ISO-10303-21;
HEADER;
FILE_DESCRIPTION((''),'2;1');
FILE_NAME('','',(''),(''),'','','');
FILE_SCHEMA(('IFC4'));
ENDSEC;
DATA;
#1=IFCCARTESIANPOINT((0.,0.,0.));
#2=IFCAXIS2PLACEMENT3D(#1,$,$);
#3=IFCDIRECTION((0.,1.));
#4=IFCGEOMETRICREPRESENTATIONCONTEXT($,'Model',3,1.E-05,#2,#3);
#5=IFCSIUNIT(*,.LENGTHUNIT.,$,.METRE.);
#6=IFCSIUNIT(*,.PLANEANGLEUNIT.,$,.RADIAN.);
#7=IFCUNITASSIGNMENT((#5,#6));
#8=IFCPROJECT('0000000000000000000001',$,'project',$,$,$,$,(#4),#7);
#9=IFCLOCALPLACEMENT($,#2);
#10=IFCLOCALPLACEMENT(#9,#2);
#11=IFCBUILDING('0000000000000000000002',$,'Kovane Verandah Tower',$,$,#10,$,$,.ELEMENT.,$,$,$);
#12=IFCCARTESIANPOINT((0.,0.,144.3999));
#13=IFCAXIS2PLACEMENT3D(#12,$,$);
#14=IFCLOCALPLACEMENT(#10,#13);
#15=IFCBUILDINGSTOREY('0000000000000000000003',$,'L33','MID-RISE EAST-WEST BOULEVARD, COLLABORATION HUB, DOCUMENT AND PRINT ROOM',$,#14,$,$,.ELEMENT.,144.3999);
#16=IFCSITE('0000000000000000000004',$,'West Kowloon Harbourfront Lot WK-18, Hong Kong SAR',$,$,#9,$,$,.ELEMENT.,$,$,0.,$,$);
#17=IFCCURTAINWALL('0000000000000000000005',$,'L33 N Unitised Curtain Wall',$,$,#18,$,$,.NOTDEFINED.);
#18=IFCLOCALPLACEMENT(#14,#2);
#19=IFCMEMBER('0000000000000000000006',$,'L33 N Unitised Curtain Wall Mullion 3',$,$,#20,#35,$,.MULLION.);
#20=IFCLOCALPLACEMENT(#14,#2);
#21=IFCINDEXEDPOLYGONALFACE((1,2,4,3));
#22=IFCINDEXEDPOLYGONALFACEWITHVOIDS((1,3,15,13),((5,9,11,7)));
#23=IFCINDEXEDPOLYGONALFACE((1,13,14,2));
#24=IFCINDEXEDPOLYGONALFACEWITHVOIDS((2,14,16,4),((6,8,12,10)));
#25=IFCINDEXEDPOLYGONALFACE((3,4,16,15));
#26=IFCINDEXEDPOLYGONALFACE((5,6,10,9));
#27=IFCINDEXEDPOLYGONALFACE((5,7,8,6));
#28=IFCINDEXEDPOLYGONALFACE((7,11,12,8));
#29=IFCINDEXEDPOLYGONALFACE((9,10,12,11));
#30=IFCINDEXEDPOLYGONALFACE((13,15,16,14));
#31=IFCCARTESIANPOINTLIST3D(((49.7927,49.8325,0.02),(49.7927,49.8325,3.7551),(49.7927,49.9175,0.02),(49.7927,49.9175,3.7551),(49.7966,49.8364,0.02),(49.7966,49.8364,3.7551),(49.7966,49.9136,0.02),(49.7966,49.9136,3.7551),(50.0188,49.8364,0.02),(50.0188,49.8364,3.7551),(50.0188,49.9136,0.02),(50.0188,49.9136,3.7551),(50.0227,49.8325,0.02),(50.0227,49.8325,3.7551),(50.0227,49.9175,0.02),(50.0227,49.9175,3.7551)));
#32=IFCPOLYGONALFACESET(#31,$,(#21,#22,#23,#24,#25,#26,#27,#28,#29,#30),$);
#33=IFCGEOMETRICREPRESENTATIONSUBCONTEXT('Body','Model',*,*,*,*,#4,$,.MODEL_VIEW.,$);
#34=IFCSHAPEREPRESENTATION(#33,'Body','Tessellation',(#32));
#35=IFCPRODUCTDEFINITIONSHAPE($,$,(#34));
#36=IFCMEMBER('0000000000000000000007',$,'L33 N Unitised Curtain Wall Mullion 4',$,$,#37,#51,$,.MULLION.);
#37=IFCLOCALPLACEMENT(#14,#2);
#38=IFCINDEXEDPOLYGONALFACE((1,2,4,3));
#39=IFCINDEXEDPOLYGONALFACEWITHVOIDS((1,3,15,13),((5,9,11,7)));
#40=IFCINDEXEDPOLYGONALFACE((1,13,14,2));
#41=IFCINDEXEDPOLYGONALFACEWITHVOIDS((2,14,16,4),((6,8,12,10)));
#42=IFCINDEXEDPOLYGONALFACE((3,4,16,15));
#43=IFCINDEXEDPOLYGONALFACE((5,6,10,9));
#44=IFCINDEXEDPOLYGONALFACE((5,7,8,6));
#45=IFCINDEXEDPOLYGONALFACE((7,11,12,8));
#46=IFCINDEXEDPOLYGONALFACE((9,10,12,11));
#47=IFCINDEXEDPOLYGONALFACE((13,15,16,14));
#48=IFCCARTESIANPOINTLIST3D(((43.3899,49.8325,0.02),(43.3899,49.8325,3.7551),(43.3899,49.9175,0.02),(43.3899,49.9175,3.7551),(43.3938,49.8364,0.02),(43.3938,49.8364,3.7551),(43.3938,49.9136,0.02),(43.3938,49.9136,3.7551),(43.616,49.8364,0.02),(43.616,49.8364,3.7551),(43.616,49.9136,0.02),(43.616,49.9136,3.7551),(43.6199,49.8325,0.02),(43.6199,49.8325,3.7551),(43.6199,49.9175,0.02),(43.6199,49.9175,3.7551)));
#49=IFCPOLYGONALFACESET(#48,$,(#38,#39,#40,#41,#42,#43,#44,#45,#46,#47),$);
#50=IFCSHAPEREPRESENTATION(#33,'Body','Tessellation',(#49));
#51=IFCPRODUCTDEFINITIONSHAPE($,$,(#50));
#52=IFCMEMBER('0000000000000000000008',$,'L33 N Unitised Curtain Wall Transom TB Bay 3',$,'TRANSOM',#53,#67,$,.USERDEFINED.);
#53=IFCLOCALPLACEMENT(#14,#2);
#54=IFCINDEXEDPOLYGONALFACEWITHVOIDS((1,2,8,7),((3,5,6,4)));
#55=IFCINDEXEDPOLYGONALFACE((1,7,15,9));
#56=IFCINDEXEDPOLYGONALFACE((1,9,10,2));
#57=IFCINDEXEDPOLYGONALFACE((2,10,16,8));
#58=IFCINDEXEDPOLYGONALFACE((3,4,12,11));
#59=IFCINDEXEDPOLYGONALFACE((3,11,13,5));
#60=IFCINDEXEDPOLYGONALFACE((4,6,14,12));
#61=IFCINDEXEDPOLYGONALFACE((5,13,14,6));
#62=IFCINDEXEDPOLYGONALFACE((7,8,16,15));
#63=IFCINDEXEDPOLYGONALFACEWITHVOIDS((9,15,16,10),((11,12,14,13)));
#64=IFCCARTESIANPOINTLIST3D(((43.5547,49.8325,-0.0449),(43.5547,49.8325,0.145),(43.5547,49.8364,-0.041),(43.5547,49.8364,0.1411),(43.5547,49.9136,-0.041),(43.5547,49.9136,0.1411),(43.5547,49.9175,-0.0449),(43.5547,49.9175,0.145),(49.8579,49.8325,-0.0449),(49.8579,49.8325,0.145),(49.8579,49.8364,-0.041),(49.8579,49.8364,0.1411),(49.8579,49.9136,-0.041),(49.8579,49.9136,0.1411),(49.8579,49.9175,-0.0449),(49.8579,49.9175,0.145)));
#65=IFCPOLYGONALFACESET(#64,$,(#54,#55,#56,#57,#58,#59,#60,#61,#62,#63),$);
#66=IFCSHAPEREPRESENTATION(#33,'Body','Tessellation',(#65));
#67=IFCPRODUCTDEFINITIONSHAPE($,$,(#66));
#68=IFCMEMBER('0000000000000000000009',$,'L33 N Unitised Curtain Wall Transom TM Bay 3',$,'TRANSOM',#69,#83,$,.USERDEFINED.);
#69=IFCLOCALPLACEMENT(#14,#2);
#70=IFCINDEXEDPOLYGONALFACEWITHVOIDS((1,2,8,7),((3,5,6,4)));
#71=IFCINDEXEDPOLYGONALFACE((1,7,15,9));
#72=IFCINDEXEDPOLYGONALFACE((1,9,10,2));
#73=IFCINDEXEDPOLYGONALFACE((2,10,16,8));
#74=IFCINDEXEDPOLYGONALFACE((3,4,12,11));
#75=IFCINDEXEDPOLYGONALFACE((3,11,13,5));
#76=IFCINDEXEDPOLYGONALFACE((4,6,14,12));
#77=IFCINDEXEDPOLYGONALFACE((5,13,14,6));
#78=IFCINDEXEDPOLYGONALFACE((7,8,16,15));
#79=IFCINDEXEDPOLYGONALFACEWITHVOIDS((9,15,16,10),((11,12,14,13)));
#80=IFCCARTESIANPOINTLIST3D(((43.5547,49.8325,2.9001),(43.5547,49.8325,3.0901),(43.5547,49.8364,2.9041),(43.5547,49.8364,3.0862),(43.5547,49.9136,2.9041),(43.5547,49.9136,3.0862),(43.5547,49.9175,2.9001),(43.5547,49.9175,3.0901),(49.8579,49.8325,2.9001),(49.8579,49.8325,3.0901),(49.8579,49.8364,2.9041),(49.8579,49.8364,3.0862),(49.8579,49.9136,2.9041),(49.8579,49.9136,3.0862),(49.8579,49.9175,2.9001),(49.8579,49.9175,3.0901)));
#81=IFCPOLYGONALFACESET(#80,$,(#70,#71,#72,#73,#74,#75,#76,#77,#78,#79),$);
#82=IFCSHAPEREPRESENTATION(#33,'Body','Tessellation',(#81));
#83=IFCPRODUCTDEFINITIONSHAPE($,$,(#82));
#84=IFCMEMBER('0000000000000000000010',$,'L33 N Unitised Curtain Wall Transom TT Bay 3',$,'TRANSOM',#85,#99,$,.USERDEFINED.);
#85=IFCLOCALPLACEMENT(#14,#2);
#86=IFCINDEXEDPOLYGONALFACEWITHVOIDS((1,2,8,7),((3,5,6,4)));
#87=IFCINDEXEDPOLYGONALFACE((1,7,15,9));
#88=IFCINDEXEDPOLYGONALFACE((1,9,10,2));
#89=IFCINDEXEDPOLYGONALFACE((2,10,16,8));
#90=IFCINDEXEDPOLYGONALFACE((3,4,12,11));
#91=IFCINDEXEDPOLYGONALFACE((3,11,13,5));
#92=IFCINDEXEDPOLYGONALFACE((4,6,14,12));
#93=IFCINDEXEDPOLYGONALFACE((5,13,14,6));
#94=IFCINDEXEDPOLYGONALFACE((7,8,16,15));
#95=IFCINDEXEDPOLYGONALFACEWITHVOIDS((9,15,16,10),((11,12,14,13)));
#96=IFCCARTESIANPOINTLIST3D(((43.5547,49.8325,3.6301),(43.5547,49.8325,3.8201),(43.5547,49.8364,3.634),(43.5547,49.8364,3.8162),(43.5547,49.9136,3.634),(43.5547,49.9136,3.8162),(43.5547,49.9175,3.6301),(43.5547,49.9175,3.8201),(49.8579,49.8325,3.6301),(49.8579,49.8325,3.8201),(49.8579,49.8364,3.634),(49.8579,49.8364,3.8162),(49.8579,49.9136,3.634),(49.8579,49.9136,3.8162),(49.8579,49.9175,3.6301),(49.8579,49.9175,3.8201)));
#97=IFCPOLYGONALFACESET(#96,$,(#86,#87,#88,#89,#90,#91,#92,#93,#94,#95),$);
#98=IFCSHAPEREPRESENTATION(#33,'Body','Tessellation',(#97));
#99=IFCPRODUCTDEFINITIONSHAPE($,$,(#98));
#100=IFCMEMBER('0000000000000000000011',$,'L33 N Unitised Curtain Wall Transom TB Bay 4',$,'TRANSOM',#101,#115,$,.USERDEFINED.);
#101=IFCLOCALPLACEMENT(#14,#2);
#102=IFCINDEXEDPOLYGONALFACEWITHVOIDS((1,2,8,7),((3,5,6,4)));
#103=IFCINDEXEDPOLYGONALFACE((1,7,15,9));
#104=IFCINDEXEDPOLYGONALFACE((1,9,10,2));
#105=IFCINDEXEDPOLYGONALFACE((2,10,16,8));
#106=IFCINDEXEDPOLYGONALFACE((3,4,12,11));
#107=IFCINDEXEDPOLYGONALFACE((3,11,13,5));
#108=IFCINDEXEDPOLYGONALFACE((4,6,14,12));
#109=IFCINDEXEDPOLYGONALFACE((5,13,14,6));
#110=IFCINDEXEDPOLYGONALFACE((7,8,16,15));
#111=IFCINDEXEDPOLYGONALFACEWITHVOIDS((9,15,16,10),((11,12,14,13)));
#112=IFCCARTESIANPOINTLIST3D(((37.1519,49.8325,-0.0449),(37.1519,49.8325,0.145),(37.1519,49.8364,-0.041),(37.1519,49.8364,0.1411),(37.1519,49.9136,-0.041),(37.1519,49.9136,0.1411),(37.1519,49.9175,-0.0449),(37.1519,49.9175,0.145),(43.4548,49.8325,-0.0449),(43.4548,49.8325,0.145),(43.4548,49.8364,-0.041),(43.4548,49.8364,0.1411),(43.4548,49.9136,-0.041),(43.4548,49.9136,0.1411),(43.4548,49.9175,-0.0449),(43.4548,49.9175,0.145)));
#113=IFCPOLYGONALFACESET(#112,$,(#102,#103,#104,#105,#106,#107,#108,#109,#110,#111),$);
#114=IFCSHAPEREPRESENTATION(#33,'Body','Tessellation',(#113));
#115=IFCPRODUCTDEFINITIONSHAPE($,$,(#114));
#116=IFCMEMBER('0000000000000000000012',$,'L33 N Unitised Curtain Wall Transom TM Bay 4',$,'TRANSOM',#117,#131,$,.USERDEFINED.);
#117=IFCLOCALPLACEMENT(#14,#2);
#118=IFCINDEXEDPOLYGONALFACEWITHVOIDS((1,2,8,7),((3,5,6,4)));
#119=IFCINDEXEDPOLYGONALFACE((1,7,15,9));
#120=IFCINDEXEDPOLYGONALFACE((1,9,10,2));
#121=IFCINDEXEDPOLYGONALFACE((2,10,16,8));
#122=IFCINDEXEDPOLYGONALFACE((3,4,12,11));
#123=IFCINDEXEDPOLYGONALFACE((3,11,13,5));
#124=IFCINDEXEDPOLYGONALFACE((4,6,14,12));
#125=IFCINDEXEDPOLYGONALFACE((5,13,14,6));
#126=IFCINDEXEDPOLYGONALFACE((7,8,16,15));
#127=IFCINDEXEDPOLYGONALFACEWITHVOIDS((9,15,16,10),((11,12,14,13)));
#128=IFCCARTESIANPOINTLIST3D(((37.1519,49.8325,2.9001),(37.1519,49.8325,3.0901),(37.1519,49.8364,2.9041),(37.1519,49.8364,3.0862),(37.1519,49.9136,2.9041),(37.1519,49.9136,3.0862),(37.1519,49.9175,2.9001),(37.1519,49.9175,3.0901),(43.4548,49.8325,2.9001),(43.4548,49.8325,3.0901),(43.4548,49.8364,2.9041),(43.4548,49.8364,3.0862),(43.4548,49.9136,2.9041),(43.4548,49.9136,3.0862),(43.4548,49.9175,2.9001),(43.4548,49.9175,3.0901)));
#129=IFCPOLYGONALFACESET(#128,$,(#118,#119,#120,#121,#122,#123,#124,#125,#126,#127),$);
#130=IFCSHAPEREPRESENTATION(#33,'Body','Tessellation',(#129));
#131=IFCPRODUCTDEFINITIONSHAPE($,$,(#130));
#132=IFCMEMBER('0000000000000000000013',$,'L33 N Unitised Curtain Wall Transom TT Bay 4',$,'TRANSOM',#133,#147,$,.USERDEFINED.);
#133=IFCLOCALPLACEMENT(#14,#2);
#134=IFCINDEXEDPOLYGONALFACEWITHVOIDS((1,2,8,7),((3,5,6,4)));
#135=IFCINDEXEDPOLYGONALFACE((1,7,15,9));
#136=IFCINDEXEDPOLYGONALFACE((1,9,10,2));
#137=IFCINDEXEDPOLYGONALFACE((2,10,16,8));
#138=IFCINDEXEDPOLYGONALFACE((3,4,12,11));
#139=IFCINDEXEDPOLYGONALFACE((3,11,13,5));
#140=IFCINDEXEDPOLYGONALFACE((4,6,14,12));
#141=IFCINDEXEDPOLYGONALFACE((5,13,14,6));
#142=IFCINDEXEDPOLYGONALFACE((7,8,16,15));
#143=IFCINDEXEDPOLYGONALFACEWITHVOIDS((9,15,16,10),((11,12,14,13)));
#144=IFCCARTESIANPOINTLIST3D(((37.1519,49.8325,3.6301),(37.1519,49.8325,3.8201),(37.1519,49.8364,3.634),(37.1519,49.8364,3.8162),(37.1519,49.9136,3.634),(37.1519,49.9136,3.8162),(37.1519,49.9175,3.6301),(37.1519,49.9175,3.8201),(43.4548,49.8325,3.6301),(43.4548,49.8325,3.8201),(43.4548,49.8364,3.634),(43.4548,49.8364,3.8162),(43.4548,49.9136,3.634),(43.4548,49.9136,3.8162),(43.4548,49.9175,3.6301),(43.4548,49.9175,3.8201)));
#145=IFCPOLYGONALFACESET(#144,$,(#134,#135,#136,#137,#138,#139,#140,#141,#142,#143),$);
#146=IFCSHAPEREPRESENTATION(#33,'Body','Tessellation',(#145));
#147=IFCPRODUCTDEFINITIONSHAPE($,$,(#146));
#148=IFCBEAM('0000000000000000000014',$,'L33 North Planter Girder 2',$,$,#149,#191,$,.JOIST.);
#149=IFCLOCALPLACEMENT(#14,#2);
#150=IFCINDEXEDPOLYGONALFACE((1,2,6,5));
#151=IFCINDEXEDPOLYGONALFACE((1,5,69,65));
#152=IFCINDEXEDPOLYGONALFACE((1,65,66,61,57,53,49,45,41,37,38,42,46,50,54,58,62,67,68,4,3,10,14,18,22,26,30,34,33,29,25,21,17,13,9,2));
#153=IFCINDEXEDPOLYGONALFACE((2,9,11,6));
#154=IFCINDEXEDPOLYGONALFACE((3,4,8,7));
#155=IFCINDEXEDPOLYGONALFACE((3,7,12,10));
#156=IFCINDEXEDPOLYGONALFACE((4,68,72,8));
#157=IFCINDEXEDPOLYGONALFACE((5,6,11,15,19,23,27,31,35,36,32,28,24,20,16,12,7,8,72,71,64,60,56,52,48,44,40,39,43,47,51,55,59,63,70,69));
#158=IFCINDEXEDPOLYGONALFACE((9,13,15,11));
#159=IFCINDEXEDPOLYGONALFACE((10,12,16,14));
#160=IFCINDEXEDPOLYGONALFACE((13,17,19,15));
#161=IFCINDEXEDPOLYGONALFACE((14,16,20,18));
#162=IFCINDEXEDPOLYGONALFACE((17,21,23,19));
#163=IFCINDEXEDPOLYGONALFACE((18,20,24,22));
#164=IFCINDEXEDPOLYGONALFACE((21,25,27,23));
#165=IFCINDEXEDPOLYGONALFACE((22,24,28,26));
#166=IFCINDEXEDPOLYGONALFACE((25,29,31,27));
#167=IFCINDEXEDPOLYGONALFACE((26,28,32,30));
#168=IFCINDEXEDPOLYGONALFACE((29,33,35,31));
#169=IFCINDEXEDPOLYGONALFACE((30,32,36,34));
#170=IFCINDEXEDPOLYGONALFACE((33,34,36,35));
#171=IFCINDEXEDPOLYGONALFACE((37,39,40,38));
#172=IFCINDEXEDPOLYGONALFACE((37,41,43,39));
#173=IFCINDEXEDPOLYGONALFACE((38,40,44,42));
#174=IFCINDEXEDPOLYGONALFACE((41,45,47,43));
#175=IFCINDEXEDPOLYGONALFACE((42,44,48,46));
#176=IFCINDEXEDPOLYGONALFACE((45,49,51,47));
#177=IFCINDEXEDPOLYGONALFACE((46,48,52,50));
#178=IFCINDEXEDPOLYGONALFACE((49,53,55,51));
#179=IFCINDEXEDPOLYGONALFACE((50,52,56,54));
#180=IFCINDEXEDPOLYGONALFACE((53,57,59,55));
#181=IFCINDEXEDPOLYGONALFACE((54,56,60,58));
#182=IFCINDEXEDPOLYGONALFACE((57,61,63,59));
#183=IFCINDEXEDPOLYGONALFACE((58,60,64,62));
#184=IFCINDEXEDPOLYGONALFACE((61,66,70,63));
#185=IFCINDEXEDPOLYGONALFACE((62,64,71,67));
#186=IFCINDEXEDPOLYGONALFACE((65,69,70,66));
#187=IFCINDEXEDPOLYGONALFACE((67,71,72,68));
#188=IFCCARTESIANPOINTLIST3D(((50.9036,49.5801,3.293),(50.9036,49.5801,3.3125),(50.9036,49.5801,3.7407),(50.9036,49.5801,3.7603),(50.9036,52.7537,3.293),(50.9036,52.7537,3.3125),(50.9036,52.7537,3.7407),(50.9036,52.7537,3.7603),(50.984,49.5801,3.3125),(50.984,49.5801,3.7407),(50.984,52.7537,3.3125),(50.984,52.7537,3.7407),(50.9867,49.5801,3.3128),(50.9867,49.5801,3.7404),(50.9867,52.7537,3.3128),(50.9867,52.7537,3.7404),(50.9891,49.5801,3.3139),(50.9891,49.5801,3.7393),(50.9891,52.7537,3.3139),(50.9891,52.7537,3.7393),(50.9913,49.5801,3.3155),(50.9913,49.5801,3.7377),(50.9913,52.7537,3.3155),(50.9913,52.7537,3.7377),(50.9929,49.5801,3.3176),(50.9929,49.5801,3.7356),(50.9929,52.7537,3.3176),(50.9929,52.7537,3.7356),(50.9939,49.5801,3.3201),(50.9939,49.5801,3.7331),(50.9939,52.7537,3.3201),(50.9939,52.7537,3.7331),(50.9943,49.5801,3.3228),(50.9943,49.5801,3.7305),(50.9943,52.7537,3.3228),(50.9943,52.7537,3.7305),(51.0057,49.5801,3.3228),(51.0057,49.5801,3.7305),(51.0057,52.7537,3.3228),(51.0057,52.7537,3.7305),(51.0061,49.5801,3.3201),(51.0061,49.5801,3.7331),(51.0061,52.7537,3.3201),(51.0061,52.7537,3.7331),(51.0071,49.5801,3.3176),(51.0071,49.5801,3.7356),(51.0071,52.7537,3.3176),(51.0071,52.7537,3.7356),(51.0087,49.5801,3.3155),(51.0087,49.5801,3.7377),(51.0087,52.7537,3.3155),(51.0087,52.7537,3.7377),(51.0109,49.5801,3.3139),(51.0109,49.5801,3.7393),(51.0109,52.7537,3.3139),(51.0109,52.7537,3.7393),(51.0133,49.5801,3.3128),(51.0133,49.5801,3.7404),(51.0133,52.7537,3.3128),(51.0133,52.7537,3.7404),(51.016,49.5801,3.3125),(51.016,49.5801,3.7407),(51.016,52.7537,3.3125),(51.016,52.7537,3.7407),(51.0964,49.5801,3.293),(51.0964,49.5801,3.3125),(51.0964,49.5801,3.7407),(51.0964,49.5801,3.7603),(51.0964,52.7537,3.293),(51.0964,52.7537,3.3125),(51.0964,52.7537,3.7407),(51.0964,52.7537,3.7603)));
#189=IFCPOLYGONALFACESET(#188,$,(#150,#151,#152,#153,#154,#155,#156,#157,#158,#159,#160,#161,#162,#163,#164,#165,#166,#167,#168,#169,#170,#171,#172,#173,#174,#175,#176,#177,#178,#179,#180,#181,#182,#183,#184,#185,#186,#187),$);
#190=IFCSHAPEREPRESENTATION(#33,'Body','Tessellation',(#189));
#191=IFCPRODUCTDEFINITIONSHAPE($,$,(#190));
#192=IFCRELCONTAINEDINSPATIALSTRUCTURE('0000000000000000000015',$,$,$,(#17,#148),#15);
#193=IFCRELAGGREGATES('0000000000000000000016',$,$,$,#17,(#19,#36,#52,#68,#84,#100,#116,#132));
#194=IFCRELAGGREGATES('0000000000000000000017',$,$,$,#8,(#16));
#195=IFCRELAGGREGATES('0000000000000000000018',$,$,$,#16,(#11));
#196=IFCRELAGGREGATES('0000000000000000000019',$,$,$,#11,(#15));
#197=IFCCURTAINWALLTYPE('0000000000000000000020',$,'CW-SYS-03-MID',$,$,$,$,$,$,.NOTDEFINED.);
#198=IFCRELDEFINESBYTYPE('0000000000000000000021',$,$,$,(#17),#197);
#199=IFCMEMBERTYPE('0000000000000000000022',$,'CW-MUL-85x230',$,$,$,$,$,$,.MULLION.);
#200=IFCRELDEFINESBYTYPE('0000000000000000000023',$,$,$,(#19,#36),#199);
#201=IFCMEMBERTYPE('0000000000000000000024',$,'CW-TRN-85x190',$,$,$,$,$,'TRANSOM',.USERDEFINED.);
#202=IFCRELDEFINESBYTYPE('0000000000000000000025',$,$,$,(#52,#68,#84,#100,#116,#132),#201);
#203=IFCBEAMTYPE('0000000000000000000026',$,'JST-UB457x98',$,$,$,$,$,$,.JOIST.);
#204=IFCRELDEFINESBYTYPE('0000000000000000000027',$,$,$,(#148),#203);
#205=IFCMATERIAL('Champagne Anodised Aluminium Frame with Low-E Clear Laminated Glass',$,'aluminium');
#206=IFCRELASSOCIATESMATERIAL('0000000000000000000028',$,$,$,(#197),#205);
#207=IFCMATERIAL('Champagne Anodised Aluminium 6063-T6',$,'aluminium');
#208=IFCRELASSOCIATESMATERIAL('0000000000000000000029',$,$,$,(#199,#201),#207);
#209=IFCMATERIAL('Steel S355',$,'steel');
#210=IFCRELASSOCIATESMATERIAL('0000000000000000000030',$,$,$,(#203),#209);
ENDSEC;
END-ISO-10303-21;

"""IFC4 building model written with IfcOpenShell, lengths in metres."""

from ifc_helpers import new_model, si_unit, direction, frame, origin, origin_2d, place, context, subcontext, project, spatial, hollow_rectangle, i_section, extrude, material, material_profile, profile_set, type_object, element, aggregate, save


model = new_model("IFC4")

# Units and contexts
model_context = context("Model", 3, precision=1e-05, world=origin(), true_north=direction((0.0, 1.0)))
body_context = subcontext(model_context, "Body", "Model", "MODEL_VIEW")
ifc_project = project(units=[si_unit("LENGTHUNIT", "METRE"), si_unit("PLANEANGLEUNIT", "RADIAN")], contexts=[model_context])

# Site, building, storey
site_placement = place(None, origin())
site = spatial("IfcSite", under=ifc_project, at=site_placement, Name="West Kowloon Harbourfront Lot WK-18, Hong Kong SAR", CompositionType="ELEMENT", RefElevation=0.0)
building_placement = place(site_placement, origin())
building = spatial("IfcBuilding", under=site, at=building_placement, Name="Kovane Verandah Tower", CompositionType="ELEMENT")
storey_placement = place(building_placement, frame((0.0, 0.0, 144.3999)))
storey = spatial("IfcBuildingStorey", under=building, at=storey_placement, Name="L33", Description="MID-RISE EAST-WEST BOULEVARD, COLLABORATION HUB, DOCUMENT AND PRINT ROOM", CompositionType="ELEMENT", Elevation=144.3999)

# Shared definitions
ifc_material_1 = material(Name="Steel S355", Category="steel")

# Curtain wall, members
ifc_material_2 = material(Name="Champagne Anodised Aluminium Frame with Low-E Clear Laminated Glass", Category="aluminium")
curtain_wall_type = type_object("IfcCurtainWallType", Name="CW-SYS-03-MID", PredefinedType="NOTDEFINED", material=ifc_material_2)
curtain_wall_placement = place(storey_placement, origin())
curtain_wall = element("IfcCurtainWall", 1, at=curtain_wall_placement, inside=storey, type_object=curtain_wall_type, Name="L33 N Unitised Curtain Wall", PredefinedType="NOTDEFINED")
ifc_material_3 = material(Name="Champagne Anodised Aluminium 6063-T6", Category="aluminium")
ifc_material_profile_1 = material_profile(ifc_material_3, hollow_rectangle(XDim=0.085, YDim=0.23, WallThickness=0.0039, at=origin_2d()), Name="AL85x230x4")
ifc_profile_set_1 = profile_set([ifc_material_profile_1], Name="Champagne Anodised Aluminium 6063-T6")
member_type_1 = type_object("IfcMemberType", Name="CW-MUL-85x230", PredefinedType="MULLION", material=ifc_profile_set_1)
member_1_placement = place(storey_placement, frame((49.9077, 49.875, 0.02), z_axis=(0.0, 0.0, 1.0), x_axis=(0.0, 1.0, 0.0)))
member_1 = element("IfcMember", 2, at=member_1_placement, type_object=member_type_1, Name="L33 N Unitised Curtain Wall Mullion 3", PredefinedType="MULLION", context=body_context, shape_type="SweptSolid", body=[
    extrude(hollow_rectangle(XDim=0.085, YDim=0.23, WallThickness=0.0039, at=origin_2d()), origin(), (0.0, 0.0, 1.0), 3.7351),
])
member_2_placement = place(storey_placement, frame((43.5049, 49.875, 0.02), z_axis=(0.0, 0.0, 1.0), x_axis=(0.0, 1.0, 0.0)))
member_2 = element("IfcMember", 3, at=member_2_placement, type_object=member_type_1, Name="L33 N Unitised Curtain Wall Mullion 4", PredefinedType="MULLION", context=body_context, shape_type="SweptSolid", body=[
    extrude(hollow_rectangle(XDim=0.085, YDim=0.23, WallThickness=0.0039, at=origin_2d()), origin(), (0.0, 0.0, 1.0), 3.7351),
])
ifc_material_profile_2 = material_profile(ifc_material_3, hollow_rectangle(XDim=0.085, YDim=0.1899, WallThickness=0.0039, at=origin_2d()), Name="AL85x190x4")
ifc_profile_set_2 = profile_set([ifc_material_profile_2], Name="Champagne Anodised Aluminium 6063-T6")
member_type_2 = type_object("IfcMemberType", Name="CW-TRN-85x190", ElementType="TRANSOM", PredefinedType="USERDEFINED", material=ifc_profile_set_2)
member_3_placement = place(storey_placement, frame((49.8579, 49.875, 0.05), z_axis=(-1.0, 0.0, 0.0), x_axis=(0.0, -1.0, 0.0)))
member_3 = element("IfcMember", 4, at=member_3_placement, type_object=member_type_2, Name="L33 N Unitised Curtain Wall Transom TB Bay 3", ObjectType="TRANSOM", PredefinedType="USERDEFINED", context=body_context, shape_type="SweptSolid", body=[
    extrude(hollow_rectangle(XDim=0.085, YDim=0.1899, WallThickness=0.0039, at=origin_2d()), origin(), (0.0, 0.0, 1.0), 6.3032),
])
member_4_placement = place(storey_placement, frame((49.8579, 49.875, 2.9951), z_axis=(-1.0, 0.0, 0.0), x_axis=(0.0, -1.0, 0.0)))
member_4 = element("IfcMember", 5, at=member_4_placement, type_object=member_type_2, Name="L33 N Unitised Curtain Wall Transom TM Bay 3", ObjectType="TRANSOM", PredefinedType="USERDEFINED", context=body_context, shape_type="SweptSolid", body=[
    extrude(hollow_rectangle(XDim=0.085, YDim=0.1899, WallThickness=0.0039, at=origin_2d()), origin(), (0.0, 0.0, 1.0), 6.3032),
])
member_5_placement = place(storey_placement, frame((49.8579, 49.875, 3.7251), z_axis=(-1.0, 0.0, 0.0), x_axis=(0.0, -1.0, 0.0)))
member_5 = element("IfcMember", 6, at=member_5_placement, type_object=member_type_2, Name="L33 N Unitised Curtain Wall Transom TT Bay 3", ObjectType="TRANSOM", PredefinedType="USERDEFINED", context=body_context, shape_type="SweptSolid", body=[
    extrude(hollow_rectangle(XDim=0.085, YDim=0.1899, WallThickness=0.0039, at=origin_2d()), origin(), (0.0, 0.0, 1.0), 6.3032),
])
member_6_placement = place(storey_placement, frame((43.4548, 49.875, 0.05), z_axis=(-1.0, 0.0, 0.0), x_axis=(0.0, -1.0, 0.0)))
member_6 = element("IfcMember", 7, at=member_6_placement, type_object=member_type_2, Name="L33 N Unitised Curtain Wall Transom TB Bay 4", ObjectType="TRANSOM", PredefinedType="USERDEFINED", context=body_context, shape_type="SweptSolid", body=[
    extrude(hollow_rectangle(XDim=0.085, YDim=0.1899, WallThickness=0.0039, at=origin_2d()), origin(), (0.0, 0.0, 1.0), 6.303),
])
member_7_placement = place(storey_placement, frame((43.4548, 49.875, 2.9951), z_axis=(-1.0, 0.0, 0.0), x_axis=(0.0, -1.0, 0.0)))
member_7 = element("IfcMember", 8, at=member_7_placement, type_object=member_type_2, Name="L33 N Unitised Curtain Wall Transom TM Bay 4", ObjectType="TRANSOM", PredefinedType="USERDEFINED", context=body_context, shape_type="SweptSolid", body=[
    extrude(hollow_rectangle(XDim=0.085, YDim=0.1899, WallThickness=0.0039, at=origin_2d()), origin(), (0.0, 0.0, 1.0), 6.303),
])
member_8_placement = place(storey_placement, frame((43.4548, 49.875, 3.7251), z_axis=(-1.0, 0.0, 0.0), x_axis=(0.0, -1.0, 0.0)))
member_8 = element("IfcMember", 9, at=member_8_placement, type_object=member_type_2, Name="L33 N Unitised Curtain Wall Transom TT Bay 4", ObjectType="TRANSOM", PredefinedType="USERDEFINED", context=body_context, shape_type="SweptSolid", body=[
    extrude(hollow_rectangle(XDim=0.085, YDim=0.1899, WallThickness=0.0039, at=origin_2d()), origin(), (0.0, 0.0, 1.0), 6.303),
])

# Beam
ifc_material_profile_3 = material_profile(ifc_material_1, i_section(OverallWidth=0.1929, OverallDepth=0.4673, WebThickness=0.0115, FlangeThickness=0.0195, FilletRadius=0.0103, at=origin_2d()), Name="UB457x191x98")
ifc_profile_set_3 = profile_set([ifc_material_profile_3], Name="Steel S355")
beam_type_1 = type_object("IfcBeamType", Name="JST-UB457x98", PredefinedType="JOIST", material=ifc_profile_set_3)
beam_1_placement = place(storey_placement, frame((51.0, 49.5801, 3.5266), z_axis=(0.0, 1.0, 0.0), x_axis=(-1.0, 0.0, 0.0)))
element("IfcBeam", 10, at=beam_1_placement, inside=storey, type_object=beam_type_1, Name="L33 North Planter Girder 2", PredefinedType="JOIST", context=body_context, shape_type="SweptSolid", body=[
    extrude(i_section(OverallWidth=0.1929, OverallDepth=0.4673, WebThickness=0.0115, FlangeThickness=0.0195, FilletRadius=0.0103, at=origin_2d()), origin(), (0.0, 0.0, 1.0), 3.1736),
])

aggregate(curtain_wall, [member_1, member_2, member_3, member_4, member_5, member_6, member_7, member_8])

save(model, "model.ifc")
